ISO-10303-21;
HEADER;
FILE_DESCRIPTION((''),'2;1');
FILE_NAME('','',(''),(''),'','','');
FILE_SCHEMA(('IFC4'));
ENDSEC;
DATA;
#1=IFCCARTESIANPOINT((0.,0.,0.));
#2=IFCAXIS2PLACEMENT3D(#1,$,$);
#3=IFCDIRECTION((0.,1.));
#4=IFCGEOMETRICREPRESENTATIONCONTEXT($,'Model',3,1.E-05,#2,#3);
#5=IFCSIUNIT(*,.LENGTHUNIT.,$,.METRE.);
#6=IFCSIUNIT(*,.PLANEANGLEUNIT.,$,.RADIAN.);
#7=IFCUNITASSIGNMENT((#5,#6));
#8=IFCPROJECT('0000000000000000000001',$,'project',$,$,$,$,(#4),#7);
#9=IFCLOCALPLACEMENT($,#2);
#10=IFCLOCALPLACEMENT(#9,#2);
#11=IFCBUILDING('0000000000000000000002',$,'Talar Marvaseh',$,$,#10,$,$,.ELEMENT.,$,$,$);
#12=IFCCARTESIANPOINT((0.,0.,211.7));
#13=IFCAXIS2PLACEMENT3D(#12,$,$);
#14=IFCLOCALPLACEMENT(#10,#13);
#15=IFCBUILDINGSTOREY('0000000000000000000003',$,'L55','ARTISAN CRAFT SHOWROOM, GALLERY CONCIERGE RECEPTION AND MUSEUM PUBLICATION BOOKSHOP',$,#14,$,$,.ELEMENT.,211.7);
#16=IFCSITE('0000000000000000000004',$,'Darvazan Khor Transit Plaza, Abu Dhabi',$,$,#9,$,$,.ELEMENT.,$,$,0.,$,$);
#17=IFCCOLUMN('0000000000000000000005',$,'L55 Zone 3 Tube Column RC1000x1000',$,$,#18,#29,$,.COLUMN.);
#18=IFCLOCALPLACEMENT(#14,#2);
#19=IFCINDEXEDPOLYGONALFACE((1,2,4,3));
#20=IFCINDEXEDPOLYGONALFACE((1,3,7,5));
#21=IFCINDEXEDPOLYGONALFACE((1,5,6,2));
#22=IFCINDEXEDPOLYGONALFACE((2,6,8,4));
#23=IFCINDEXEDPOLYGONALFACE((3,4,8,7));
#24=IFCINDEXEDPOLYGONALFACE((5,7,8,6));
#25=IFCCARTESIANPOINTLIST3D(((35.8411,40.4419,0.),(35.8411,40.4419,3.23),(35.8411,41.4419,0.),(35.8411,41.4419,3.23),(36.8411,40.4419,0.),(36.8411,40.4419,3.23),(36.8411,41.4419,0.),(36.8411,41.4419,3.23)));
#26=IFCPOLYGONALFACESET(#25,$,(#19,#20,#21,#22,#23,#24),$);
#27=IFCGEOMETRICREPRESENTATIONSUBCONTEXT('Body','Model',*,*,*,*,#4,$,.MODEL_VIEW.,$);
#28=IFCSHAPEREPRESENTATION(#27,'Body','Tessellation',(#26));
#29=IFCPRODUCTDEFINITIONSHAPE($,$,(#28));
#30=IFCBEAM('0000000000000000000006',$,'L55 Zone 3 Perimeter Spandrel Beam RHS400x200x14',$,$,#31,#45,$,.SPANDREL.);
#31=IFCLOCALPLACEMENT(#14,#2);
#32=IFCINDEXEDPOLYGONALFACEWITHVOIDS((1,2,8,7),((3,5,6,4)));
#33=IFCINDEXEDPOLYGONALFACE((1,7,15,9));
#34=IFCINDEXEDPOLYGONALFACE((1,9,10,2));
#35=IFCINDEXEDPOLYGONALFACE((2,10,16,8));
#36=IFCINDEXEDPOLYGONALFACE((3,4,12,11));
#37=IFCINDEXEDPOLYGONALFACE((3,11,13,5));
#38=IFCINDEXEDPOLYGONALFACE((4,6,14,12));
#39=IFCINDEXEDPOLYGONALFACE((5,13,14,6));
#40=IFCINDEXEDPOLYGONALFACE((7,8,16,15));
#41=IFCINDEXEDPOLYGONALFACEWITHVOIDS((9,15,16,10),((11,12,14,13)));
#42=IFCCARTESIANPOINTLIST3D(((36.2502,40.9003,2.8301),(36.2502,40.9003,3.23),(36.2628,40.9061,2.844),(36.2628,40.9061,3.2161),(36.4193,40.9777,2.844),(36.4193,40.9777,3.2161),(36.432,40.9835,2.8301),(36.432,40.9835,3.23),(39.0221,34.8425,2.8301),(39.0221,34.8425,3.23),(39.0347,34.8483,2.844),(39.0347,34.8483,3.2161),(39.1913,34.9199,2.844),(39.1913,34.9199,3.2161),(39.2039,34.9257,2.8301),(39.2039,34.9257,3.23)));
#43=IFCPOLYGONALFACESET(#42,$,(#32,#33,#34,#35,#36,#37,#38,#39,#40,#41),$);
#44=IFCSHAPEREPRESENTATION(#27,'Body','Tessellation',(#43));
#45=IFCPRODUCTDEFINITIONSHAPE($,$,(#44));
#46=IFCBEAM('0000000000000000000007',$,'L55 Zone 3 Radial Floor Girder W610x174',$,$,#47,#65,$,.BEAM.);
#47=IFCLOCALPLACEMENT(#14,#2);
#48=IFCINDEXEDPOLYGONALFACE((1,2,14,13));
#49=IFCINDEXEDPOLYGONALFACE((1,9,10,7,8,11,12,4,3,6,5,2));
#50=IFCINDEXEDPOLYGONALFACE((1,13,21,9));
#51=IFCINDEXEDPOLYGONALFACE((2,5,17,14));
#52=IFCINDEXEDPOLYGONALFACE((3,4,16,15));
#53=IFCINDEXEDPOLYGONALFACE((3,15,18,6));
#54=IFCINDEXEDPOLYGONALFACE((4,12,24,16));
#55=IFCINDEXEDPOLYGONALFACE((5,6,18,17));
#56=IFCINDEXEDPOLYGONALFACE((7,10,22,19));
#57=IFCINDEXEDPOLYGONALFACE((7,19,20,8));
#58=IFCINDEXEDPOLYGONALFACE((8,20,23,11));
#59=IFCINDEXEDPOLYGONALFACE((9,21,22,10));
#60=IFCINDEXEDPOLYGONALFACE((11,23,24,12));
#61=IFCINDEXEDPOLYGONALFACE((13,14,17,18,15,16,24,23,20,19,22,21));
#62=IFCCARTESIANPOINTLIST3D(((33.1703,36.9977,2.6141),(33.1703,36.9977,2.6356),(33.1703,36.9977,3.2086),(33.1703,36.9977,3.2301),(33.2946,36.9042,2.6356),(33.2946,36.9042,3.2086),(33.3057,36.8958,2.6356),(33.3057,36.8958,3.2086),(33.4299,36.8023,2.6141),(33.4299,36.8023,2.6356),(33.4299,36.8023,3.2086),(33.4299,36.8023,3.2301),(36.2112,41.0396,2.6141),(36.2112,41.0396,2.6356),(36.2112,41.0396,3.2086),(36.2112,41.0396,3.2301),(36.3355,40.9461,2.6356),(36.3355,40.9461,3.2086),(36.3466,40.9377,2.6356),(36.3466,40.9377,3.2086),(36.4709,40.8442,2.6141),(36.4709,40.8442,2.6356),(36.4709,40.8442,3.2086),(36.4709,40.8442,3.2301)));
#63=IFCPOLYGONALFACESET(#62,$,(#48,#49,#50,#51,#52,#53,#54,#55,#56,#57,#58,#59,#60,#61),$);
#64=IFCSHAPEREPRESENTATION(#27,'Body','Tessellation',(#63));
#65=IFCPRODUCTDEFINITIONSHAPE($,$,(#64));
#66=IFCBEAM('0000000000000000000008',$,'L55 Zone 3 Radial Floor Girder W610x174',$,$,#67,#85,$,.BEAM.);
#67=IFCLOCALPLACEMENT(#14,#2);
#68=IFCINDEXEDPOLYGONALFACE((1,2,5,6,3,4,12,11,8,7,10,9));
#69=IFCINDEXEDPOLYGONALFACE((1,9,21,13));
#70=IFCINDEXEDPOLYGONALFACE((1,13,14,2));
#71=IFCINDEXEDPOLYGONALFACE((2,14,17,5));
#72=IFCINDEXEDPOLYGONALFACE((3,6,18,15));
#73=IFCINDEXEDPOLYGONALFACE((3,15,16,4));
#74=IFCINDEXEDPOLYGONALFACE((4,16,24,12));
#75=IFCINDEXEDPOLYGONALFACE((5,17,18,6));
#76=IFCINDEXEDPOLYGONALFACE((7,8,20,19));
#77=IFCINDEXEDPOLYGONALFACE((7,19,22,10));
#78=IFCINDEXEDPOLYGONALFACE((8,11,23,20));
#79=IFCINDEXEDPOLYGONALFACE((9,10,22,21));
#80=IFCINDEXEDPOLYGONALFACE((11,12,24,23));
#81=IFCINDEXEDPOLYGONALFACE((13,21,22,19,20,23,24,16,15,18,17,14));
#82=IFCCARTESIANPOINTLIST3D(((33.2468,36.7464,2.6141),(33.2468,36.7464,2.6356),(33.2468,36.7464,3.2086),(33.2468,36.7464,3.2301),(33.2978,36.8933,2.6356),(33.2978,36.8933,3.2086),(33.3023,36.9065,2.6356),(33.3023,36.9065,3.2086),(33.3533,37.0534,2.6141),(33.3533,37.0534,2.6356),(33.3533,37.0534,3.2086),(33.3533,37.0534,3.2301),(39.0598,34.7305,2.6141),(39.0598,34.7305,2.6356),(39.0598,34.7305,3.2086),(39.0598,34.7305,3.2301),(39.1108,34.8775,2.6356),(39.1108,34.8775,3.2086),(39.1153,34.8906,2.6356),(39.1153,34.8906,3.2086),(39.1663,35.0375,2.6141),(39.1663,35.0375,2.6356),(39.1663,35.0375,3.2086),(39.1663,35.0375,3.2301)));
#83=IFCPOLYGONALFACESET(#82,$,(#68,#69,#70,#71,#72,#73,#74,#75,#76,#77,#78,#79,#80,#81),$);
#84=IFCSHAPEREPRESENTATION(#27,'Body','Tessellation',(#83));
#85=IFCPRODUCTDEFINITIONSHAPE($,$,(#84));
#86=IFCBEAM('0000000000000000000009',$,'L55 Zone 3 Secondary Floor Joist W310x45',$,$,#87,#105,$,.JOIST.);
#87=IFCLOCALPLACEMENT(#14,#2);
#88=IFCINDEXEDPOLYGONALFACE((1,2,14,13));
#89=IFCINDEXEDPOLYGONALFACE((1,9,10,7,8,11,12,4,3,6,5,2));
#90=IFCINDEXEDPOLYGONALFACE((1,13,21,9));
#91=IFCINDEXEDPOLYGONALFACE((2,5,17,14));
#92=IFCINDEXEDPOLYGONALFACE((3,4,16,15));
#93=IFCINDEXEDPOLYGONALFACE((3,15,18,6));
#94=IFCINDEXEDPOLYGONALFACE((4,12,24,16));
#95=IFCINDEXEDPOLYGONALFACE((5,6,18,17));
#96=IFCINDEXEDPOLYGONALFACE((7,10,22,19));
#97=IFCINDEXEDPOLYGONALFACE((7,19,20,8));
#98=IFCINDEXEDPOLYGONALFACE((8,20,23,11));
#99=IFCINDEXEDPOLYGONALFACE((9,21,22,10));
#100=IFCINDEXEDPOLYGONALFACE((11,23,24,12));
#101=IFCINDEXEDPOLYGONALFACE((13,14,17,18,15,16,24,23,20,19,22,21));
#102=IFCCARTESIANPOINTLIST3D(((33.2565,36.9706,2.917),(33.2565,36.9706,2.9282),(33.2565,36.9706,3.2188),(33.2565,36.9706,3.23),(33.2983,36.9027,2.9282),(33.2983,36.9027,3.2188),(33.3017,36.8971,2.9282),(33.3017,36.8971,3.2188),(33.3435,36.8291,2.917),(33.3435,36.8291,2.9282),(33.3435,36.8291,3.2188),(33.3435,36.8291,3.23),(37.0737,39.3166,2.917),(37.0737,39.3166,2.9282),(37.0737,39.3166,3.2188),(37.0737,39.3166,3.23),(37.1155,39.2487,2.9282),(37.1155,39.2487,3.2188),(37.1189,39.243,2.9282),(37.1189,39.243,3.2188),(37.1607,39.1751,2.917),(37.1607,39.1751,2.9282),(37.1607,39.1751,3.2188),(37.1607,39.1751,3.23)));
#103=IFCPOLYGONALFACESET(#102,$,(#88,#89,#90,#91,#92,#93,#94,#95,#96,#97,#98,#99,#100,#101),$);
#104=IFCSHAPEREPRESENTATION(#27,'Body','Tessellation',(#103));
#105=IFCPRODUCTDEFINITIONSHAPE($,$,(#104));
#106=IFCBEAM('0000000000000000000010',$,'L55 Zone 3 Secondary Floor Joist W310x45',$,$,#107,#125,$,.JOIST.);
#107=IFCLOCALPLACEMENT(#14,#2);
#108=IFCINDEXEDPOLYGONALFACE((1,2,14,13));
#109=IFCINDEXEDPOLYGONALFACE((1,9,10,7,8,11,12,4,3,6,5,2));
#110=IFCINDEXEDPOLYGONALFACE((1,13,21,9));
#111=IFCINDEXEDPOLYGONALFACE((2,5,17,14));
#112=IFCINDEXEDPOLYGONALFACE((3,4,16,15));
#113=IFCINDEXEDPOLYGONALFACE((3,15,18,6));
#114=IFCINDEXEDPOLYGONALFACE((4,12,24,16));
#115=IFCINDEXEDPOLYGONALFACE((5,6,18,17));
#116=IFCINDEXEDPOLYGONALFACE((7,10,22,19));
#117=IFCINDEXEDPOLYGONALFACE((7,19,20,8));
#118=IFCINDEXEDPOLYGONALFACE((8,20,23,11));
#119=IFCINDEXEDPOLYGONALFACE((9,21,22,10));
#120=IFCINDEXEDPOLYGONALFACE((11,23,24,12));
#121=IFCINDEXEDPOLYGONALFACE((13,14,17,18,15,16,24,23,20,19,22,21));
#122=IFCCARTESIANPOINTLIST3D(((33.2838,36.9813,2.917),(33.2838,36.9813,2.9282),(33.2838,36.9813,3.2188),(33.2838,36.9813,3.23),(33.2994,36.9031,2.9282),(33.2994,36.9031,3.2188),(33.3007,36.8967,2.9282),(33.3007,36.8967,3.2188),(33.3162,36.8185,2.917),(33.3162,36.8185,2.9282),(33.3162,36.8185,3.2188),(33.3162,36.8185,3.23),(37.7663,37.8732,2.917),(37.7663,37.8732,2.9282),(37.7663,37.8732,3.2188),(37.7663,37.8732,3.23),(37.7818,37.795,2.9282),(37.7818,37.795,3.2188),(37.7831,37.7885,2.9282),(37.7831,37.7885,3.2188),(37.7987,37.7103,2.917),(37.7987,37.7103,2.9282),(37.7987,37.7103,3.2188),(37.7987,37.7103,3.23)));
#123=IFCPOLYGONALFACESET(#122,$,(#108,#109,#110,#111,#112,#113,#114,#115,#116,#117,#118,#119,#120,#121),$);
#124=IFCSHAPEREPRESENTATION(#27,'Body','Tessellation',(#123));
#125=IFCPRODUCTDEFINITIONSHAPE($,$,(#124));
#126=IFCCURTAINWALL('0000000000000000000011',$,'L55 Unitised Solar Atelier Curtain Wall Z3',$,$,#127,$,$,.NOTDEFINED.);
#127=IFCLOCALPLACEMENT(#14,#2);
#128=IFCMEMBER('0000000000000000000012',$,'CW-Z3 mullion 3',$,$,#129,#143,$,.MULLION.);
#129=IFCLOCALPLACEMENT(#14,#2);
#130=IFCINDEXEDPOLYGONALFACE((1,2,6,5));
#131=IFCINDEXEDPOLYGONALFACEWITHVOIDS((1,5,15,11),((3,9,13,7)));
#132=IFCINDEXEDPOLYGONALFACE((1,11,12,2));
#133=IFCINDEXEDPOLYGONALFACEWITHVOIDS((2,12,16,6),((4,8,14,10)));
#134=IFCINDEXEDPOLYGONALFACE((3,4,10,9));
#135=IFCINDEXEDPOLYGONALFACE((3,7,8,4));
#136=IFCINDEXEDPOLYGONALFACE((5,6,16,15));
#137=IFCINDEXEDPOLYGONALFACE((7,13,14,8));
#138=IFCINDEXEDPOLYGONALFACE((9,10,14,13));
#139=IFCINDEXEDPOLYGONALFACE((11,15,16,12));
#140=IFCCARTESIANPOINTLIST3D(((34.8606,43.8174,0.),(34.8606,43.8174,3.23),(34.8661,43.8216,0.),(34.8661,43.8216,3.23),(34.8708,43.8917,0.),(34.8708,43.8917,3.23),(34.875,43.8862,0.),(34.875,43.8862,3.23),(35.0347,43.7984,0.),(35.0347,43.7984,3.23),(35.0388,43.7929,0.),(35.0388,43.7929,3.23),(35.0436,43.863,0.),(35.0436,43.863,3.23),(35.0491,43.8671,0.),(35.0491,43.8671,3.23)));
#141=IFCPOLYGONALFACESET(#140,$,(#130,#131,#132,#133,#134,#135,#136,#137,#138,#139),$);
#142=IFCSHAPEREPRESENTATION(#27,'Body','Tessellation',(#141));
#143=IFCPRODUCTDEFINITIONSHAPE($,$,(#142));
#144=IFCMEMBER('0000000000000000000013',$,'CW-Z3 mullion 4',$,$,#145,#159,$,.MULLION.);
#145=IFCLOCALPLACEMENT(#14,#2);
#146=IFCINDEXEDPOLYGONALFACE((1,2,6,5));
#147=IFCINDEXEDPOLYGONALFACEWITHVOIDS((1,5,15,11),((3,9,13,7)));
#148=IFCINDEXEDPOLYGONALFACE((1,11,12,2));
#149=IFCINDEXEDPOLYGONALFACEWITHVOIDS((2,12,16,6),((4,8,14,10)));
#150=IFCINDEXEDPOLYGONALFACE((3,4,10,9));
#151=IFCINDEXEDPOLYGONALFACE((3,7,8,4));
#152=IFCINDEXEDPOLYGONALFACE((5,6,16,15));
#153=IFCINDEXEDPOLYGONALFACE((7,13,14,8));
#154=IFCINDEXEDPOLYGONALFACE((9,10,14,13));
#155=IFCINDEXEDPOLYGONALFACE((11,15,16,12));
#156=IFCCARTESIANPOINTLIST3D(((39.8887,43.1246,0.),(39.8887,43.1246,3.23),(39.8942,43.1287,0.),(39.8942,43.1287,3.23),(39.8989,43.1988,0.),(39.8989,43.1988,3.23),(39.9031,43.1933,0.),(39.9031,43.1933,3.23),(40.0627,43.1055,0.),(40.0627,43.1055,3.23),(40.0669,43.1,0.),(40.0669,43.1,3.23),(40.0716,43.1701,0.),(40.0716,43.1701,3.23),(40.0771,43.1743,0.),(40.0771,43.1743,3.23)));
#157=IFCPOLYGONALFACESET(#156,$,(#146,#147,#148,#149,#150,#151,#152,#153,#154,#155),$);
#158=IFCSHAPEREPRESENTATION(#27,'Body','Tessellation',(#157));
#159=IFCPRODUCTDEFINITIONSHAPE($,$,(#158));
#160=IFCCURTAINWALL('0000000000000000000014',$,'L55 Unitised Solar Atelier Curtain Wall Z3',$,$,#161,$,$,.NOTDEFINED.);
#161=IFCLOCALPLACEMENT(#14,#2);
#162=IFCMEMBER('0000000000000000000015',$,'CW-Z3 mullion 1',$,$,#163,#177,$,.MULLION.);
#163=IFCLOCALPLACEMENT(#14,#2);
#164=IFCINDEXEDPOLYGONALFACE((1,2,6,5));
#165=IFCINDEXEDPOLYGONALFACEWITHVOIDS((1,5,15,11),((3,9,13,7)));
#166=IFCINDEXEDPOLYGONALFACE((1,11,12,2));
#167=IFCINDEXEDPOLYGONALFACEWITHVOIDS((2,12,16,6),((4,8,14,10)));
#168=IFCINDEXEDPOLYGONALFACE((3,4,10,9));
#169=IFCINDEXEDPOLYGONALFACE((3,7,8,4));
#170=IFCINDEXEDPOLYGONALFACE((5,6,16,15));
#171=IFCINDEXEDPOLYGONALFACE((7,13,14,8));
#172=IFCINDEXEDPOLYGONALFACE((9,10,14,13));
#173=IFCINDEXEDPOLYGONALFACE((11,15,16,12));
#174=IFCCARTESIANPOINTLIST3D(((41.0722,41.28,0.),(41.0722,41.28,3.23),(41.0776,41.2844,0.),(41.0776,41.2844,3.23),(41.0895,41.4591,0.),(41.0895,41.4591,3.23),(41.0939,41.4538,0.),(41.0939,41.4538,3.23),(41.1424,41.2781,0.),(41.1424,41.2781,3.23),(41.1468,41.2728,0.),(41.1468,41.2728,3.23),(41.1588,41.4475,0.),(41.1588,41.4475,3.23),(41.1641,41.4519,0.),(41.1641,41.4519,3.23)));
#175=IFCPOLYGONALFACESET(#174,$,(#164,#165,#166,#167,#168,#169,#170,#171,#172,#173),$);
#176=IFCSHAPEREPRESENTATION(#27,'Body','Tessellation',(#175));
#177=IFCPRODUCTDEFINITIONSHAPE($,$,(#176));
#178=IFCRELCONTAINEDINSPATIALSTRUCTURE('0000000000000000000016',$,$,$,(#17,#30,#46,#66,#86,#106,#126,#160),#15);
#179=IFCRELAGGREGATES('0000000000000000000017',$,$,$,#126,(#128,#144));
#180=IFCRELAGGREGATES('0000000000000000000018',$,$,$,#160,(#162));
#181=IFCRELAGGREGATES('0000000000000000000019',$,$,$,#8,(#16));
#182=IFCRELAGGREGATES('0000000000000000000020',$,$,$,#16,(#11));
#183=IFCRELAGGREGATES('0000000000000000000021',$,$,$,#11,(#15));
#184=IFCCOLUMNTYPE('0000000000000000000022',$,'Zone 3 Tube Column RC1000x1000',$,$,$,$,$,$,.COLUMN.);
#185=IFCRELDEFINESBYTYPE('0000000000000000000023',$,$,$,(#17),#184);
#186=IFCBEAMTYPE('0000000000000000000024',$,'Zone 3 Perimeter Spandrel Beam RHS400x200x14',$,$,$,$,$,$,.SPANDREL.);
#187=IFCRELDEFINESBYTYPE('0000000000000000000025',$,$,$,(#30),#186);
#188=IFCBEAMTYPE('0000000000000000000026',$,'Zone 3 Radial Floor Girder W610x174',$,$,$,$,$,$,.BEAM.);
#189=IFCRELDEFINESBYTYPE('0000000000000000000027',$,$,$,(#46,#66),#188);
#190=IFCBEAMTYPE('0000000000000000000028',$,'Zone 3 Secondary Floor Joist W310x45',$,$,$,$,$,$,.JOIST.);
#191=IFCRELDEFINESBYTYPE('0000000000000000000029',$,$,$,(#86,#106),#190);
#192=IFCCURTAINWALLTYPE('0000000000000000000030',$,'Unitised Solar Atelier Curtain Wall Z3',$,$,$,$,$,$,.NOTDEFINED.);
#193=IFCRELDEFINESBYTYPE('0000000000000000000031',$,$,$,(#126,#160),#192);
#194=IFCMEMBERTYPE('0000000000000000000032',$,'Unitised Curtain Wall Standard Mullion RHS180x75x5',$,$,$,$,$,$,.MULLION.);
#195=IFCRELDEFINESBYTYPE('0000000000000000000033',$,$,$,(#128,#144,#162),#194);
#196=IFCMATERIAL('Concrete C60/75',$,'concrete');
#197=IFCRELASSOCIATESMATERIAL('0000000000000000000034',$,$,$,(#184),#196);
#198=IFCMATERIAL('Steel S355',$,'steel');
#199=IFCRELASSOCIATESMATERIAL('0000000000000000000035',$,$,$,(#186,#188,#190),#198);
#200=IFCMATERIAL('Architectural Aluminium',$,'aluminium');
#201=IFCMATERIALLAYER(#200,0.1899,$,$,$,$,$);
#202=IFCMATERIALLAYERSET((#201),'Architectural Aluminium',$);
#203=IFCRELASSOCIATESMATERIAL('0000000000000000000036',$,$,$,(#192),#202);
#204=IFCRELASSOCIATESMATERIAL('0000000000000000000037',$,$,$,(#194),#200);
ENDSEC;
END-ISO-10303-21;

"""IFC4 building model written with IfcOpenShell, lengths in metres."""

from ifc_helpers import new_model, si_unit, direction, frame, origin, origin_2d, place, context, subcontext, project, spatial, rectangle, hollow_rectangle, i_section, extrude, source, transform, mapped, material, layer, layer_set, material_profile, profile_set, type_object, type_shapes, element, aggregate, save


model = new_model("IFC4")

# Units and contexts
model_context = context("Model", 3, precision=1e-05, world=origin(), true_north=direction((0.0, 1.0)))
body_context = subcontext(model_context, "Body", "Model", "MODEL_VIEW")
ifc_project = project(units=[si_unit("LENGTHUNIT", "METRE"), si_unit("PLANEANGLEUNIT", "RADIAN")], contexts=[model_context])

# Site, building, storey
site_placement = place(None, origin())
site = spatial("IfcSite", under=ifc_project, at=site_placement, Name="Darvazan Khor Transit Plaza, Abu Dhabi", CompositionType="ELEMENT", RefElevation=0.0)
building_placement = place(site_placement, origin())
building = spatial("IfcBuilding", under=site, at=building_placement, Name="Talar Marvaseh", CompositionType="ELEMENT")
storey_placement = place(building_placement, frame((0.0, 0.0, 211.7)))
storey = spatial("IfcBuildingStorey", under=building, at=storey_placement, Name="L55", Description="ARTISAN CRAFT SHOWROOM, GALLERY CONCIERGE RECEPTION AND MUSEUM PUBLICATION BOOKSHOP", CompositionType="ELEMENT", Elevation=211.7)

# Column
ifc_material_1 = material(Name="Concrete C60/75", Category="concrete")
ifc_material_profile_1 = material_profile(ifc_material_1, rectangle(XDim=1.0, YDim=1.0, at=origin_2d()), Name="RC1000x1000")
ifc_profile_set_1 = profile_set([ifc_material_profile_1], Name="Concrete C60/75")
column_type = type_object("IfcColumnType", Name="Zone 3 Tube Column RC1000x1000", PredefinedType="COLUMN", material=ifc_profile_set_1)
column_placement = place(storey_placement, frame((36.3411, 40.9419, 0.0), z_axis=(0.0, 0.0, 1.0), x_axis=(1.0, 0.0, 0.0)))
element("IfcColumn", 1, at=column_placement, inside=storey, type_object=column_type, Name="L55 Zone 3 Tube Column RC1000x1000", PredefinedType="COLUMN", context=body_context, shape_type="SweptSolid", body=[
    extrude(rectangle(XDim=1.0, YDim=1.0, at=origin_2d()), origin(), (0.0, 0.0, 1.0), 3.23),
])

# Beams
ifc_material_2 = material(Name="Steel S355", Category="steel")
ifc_material_profile_2 = material_profile(ifc_material_2, hollow_rectangle(XDim=0.2, YDim=0.3999, WallThickness=0.0139, at=origin_2d()), Name="RHS400x200x14")
ifc_profile_set_2 = profile_set([ifc_material_profile_2], Name="Steel S355")
beam_type_1 = type_object("IfcBeamType", Name="Zone 3 Perimeter Spandrel Beam RHS400x200x14", PredefinedType="SPANDREL", material=ifc_profile_set_2)
beam_1_placement = place(storey_placement, frame((36.3411, 40.9419, 3.03), z_axis=(0.416091, -0.909323, 0.0), x_axis=(0.909323, 0.416091, 0.0)))
element("IfcBeam", 2, at=beam_1_placement, inside=storey, type_object=beam_type_1, Name="L55 Zone 3 Perimeter Spandrel Beam RHS400x200x14", PredefinedType="SPANDREL", context=body_context, shape_type="SweptSolid", body=[
    extrude(hollow_rectangle(XDim=0.2, YDim=0.3999, WallThickness=0.0139, at=origin_2d()), origin(), (0.0, 0.0, 1.0), 6.6619),
])
ifc_material_profile_3 = material_profile(ifc_material_2, i_section(OverallWidth=0.325, OverallDepth=0.616, WebThickness=0.0139, FlangeThickness=0.0215, at=origin_2d()), Name="W610x174")
ifc_profile_set_3 = profile_set([ifc_material_profile_3], Name="Steel S355")
beam_type_2 = type_object("IfcBeamType", Name="Zone 3 Radial Floor Girder W610x174", PredefinedType="BEAM", material=ifc_profile_set_3)
beam_2_placement = place(storey_placement, frame((36.3411, 40.9419, 2.9221), z_axis=(-0.601204, -0.799096, 0.0), x_axis=(0.799096, -0.601204, 0.0)))
element("IfcBeam", 3, at=beam_2_placement, inside=storey, type_object=beam_type_2, Name="L55 Zone 3 Radial Floor Girder W610x174", PredefinedType="BEAM", context=body_context, shape_type="SweptSolid", body=[
    extrude(i_section(OverallWidth=0.325, OverallDepth=0.616, WebThickness=0.0139, FlangeThickness=0.0215, at=origin_2d()), origin(), (0.0, 0.0, 1.0), 5.0581),
])
beam_3_placement = place(storey_placement, frame((39.113, 34.884, 2.9221), z_axis=(-0.944801, 0.327645, 0.0), x_axis=(-0.327645, -0.944801, 0.0)))
element("IfcBeam", 4, at=beam_3_placement, inside=storey, type_object=beam_type_2, Name="L55 Zone 3 Radial Floor Girder W610x174", PredefinedType="BEAM", context=body_context, shape_type="SweptSolid", body=[
    extrude(i_section(OverallWidth=0.325, OverallDepth=0.616, WebThickness=0.0139, FlangeThickness=0.0215, at=origin_2d()), origin(), (0.0, 0.0, 1.0), 6.1526),
])
ifc_material_profile_4 = material_profile(ifc_material_2, i_section(OverallWidth=0.166, OverallDepth=0.313, WebThickness=0.0066, FlangeThickness=0.0112, at=origin_2d()), Name="W310x45")
ifc_profile_set_4 = profile_set([ifc_material_profile_4], Name="Steel S355")
beam_type_3 = type_object("IfcBeamType", Name="Zone 3 Secondary Floor Joist W310x45", PredefinedType="JOIST", material=ifc_profile_set_4)
beam_4_placement = place(storey_placement, frame((37.1172, 39.2458, 3.0735), z_axis=(-0.851963, -0.523602, 0.0), x_axis=(0.523602, -0.851963, 0.0)))
element("IfcBeam", 5, at=beam_4_placement, inside=storey, type_object=beam_type_3, Name="L55 Zone 3 Secondary Floor Joist W310x45", PredefinedType="JOIST", context=body_context, shape_type="SweptSolid", body=[
    extrude(i_section(OverallWidth=0.166, OverallDepth=0.313, WebThickness=0.0066, FlangeThickness=0.0112, at=origin_2d()), origin(), (0.0, 0.0, 1.0), 4.4805),
])
beam_5_placement = place(storey_placement, frame((37.7825, 37.7917, 3.0735), z_axis=(-0.980775, -0.19514, 0.0), x_axis=(0.19514, -0.980775, 0.0)))
element("IfcBeam", 6, at=beam_5_placement, inside=storey, type_object=beam_type_3, Name="L55 Zone 3 Secondary Floor Joist W310x45", PredefinedType="JOIST", context=body_context, shape_type="SweptSolid", body=[
    extrude(i_section(OverallWidth=0.166, OverallDepth=0.313, WebThickness=0.0066, FlangeThickness=0.0112, at=origin_2d()), origin(), (0.0, 0.0, 1.0), 4.5703),
])

# Curtain walls, members
ifc_material_3 = material(Name="Architectural Aluminium", Category="aluminium")
ifc_layer_1 = layer(ifc_material_3, 0.1899)
ifc_layer_set_1 = layer_set([ifc_layer_1], Name="Architectural Aluminium")
curtain_wall_type = type_object("IfcCurtainWallType", Name="Unitised Solar Atelier Curtain Wall Z3", PredefinedType="NOTDEFINED", material=ifc_layer_set_1)
curtain_wall_1_placement = place(storey_placement, origin())
curtain_wall_1 = element("IfcCurtainWall", 7, at=curtain_wall_1_placement, inside=storey, type_object=curtain_wall_type, Name="L55 Unitised Solar Atelier Curtain Wall Z3", PredefinedType="NOTDEFINED")
ifc_material_profile_5 = material_profile(ifc_material_3, hollow_rectangle(XDim=0.075, YDim=0.1799, WallThickness=0.0049, at=origin_2d()), Name="RHS180x75x5")
ifc_profile_set_5 = profile_set([ifc_material_profile_5], Name="Architectural Aluminium")
member_type_1 = type_object("IfcMemberType", Name="Unitised Curtain Wall Standard Mullion RHS180x75x5", PredefinedType="MULLION", material=ifc_profile_set_5)
shared_shape_1 = source(origin(), body_context, "Body", "SweptSolid", [
    extrude(hollow_rectangle(XDim=0.075, YDim=0.1799, WallThickness=0.0049, at=origin_2d()), origin(), (0.0, 0.0, 1.0), 3.23),
])
type_shapes(member_type_1, [shared_shape_1])
member_1_placement = place(storey_placement, frame((34.9548, 43.8423, 0.0), z_axis=(0.0, 0.0, 1.0), x_axis=(0.136515, 0.990638, 0.0)))
member_1 = element("IfcMember", 8, at=member_1_placement, type_object=member_type_1, Name="CW-Z3 mullion 3", PredefinedType="MULLION", context=body_context, shape_type="MappedRepresentation", body=[
    mapped(shared_shape_1, transform((0.0, 0.0, 0.0), x_axis=(1.0, 0.0, 0.0), y_axis=(0.0, 1.0, 0.0), z_axis=(0.0, 0.0, 1.0), scale=1.0)),
])
member_2_placement = place(storey_placement, frame((39.9829, 43.1494, 0.0), z_axis=(0.0, 0.0, 1.0), x_axis=(0.136515, 0.990638, 0.0)))
member_2 = element("IfcMember", 9, at=member_2_placement, type_object=member_type_1, Name="CW-Z3 mullion 4", PredefinedType="MULLION", context=body_context, shape_type="MappedRepresentation", body=[
    mapped(shared_shape_1, transform((0.0, 0.0, 0.0), x_axis=(1.0, 0.0, 0.0), y_axis=(0.0, 1.0, 0.0), z_axis=(0.0, 0.0, 1.0), scale=1.0)),
])
curtain_wall_2_placement = place(storey_placement, origin())
curtain_wall_2 = element("IfcCurtainWall", 10, at=curtain_wall_2_placement, inside=storey, type_object=curtain_wall_type, Name="L55 Unitised Solar Atelier Curtain Wall Z3", PredefinedType="NOTDEFINED")
member_3_placement = place(storey_placement, frame((41.1182, 41.366, 0.0), z_axis=(0.0, 0.0, 1.0), x_axis=(0.995382, -0.095997, 0.0)))
member_3 = element("IfcMember", 11, at=member_3_placement, type_object=member_type_1, Name="CW-Z3 mullion 1", PredefinedType="MULLION", context=body_context, shape_type="MappedRepresentation", body=[
    mapped(shared_shape_1, transform((0.0, 0.0, 0.0), x_axis=(1.0, 0.0, 0.0), y_axis=(0.0, 1.0, 0.0), z_axis=(0.0, 0.0, 1.0), scale=1.0)),
])

aggregate(curtain_wall_1, [member_1, member_2])
aggregate(curtain_wall_2, [member_3])

save(model, "model.ifc")
